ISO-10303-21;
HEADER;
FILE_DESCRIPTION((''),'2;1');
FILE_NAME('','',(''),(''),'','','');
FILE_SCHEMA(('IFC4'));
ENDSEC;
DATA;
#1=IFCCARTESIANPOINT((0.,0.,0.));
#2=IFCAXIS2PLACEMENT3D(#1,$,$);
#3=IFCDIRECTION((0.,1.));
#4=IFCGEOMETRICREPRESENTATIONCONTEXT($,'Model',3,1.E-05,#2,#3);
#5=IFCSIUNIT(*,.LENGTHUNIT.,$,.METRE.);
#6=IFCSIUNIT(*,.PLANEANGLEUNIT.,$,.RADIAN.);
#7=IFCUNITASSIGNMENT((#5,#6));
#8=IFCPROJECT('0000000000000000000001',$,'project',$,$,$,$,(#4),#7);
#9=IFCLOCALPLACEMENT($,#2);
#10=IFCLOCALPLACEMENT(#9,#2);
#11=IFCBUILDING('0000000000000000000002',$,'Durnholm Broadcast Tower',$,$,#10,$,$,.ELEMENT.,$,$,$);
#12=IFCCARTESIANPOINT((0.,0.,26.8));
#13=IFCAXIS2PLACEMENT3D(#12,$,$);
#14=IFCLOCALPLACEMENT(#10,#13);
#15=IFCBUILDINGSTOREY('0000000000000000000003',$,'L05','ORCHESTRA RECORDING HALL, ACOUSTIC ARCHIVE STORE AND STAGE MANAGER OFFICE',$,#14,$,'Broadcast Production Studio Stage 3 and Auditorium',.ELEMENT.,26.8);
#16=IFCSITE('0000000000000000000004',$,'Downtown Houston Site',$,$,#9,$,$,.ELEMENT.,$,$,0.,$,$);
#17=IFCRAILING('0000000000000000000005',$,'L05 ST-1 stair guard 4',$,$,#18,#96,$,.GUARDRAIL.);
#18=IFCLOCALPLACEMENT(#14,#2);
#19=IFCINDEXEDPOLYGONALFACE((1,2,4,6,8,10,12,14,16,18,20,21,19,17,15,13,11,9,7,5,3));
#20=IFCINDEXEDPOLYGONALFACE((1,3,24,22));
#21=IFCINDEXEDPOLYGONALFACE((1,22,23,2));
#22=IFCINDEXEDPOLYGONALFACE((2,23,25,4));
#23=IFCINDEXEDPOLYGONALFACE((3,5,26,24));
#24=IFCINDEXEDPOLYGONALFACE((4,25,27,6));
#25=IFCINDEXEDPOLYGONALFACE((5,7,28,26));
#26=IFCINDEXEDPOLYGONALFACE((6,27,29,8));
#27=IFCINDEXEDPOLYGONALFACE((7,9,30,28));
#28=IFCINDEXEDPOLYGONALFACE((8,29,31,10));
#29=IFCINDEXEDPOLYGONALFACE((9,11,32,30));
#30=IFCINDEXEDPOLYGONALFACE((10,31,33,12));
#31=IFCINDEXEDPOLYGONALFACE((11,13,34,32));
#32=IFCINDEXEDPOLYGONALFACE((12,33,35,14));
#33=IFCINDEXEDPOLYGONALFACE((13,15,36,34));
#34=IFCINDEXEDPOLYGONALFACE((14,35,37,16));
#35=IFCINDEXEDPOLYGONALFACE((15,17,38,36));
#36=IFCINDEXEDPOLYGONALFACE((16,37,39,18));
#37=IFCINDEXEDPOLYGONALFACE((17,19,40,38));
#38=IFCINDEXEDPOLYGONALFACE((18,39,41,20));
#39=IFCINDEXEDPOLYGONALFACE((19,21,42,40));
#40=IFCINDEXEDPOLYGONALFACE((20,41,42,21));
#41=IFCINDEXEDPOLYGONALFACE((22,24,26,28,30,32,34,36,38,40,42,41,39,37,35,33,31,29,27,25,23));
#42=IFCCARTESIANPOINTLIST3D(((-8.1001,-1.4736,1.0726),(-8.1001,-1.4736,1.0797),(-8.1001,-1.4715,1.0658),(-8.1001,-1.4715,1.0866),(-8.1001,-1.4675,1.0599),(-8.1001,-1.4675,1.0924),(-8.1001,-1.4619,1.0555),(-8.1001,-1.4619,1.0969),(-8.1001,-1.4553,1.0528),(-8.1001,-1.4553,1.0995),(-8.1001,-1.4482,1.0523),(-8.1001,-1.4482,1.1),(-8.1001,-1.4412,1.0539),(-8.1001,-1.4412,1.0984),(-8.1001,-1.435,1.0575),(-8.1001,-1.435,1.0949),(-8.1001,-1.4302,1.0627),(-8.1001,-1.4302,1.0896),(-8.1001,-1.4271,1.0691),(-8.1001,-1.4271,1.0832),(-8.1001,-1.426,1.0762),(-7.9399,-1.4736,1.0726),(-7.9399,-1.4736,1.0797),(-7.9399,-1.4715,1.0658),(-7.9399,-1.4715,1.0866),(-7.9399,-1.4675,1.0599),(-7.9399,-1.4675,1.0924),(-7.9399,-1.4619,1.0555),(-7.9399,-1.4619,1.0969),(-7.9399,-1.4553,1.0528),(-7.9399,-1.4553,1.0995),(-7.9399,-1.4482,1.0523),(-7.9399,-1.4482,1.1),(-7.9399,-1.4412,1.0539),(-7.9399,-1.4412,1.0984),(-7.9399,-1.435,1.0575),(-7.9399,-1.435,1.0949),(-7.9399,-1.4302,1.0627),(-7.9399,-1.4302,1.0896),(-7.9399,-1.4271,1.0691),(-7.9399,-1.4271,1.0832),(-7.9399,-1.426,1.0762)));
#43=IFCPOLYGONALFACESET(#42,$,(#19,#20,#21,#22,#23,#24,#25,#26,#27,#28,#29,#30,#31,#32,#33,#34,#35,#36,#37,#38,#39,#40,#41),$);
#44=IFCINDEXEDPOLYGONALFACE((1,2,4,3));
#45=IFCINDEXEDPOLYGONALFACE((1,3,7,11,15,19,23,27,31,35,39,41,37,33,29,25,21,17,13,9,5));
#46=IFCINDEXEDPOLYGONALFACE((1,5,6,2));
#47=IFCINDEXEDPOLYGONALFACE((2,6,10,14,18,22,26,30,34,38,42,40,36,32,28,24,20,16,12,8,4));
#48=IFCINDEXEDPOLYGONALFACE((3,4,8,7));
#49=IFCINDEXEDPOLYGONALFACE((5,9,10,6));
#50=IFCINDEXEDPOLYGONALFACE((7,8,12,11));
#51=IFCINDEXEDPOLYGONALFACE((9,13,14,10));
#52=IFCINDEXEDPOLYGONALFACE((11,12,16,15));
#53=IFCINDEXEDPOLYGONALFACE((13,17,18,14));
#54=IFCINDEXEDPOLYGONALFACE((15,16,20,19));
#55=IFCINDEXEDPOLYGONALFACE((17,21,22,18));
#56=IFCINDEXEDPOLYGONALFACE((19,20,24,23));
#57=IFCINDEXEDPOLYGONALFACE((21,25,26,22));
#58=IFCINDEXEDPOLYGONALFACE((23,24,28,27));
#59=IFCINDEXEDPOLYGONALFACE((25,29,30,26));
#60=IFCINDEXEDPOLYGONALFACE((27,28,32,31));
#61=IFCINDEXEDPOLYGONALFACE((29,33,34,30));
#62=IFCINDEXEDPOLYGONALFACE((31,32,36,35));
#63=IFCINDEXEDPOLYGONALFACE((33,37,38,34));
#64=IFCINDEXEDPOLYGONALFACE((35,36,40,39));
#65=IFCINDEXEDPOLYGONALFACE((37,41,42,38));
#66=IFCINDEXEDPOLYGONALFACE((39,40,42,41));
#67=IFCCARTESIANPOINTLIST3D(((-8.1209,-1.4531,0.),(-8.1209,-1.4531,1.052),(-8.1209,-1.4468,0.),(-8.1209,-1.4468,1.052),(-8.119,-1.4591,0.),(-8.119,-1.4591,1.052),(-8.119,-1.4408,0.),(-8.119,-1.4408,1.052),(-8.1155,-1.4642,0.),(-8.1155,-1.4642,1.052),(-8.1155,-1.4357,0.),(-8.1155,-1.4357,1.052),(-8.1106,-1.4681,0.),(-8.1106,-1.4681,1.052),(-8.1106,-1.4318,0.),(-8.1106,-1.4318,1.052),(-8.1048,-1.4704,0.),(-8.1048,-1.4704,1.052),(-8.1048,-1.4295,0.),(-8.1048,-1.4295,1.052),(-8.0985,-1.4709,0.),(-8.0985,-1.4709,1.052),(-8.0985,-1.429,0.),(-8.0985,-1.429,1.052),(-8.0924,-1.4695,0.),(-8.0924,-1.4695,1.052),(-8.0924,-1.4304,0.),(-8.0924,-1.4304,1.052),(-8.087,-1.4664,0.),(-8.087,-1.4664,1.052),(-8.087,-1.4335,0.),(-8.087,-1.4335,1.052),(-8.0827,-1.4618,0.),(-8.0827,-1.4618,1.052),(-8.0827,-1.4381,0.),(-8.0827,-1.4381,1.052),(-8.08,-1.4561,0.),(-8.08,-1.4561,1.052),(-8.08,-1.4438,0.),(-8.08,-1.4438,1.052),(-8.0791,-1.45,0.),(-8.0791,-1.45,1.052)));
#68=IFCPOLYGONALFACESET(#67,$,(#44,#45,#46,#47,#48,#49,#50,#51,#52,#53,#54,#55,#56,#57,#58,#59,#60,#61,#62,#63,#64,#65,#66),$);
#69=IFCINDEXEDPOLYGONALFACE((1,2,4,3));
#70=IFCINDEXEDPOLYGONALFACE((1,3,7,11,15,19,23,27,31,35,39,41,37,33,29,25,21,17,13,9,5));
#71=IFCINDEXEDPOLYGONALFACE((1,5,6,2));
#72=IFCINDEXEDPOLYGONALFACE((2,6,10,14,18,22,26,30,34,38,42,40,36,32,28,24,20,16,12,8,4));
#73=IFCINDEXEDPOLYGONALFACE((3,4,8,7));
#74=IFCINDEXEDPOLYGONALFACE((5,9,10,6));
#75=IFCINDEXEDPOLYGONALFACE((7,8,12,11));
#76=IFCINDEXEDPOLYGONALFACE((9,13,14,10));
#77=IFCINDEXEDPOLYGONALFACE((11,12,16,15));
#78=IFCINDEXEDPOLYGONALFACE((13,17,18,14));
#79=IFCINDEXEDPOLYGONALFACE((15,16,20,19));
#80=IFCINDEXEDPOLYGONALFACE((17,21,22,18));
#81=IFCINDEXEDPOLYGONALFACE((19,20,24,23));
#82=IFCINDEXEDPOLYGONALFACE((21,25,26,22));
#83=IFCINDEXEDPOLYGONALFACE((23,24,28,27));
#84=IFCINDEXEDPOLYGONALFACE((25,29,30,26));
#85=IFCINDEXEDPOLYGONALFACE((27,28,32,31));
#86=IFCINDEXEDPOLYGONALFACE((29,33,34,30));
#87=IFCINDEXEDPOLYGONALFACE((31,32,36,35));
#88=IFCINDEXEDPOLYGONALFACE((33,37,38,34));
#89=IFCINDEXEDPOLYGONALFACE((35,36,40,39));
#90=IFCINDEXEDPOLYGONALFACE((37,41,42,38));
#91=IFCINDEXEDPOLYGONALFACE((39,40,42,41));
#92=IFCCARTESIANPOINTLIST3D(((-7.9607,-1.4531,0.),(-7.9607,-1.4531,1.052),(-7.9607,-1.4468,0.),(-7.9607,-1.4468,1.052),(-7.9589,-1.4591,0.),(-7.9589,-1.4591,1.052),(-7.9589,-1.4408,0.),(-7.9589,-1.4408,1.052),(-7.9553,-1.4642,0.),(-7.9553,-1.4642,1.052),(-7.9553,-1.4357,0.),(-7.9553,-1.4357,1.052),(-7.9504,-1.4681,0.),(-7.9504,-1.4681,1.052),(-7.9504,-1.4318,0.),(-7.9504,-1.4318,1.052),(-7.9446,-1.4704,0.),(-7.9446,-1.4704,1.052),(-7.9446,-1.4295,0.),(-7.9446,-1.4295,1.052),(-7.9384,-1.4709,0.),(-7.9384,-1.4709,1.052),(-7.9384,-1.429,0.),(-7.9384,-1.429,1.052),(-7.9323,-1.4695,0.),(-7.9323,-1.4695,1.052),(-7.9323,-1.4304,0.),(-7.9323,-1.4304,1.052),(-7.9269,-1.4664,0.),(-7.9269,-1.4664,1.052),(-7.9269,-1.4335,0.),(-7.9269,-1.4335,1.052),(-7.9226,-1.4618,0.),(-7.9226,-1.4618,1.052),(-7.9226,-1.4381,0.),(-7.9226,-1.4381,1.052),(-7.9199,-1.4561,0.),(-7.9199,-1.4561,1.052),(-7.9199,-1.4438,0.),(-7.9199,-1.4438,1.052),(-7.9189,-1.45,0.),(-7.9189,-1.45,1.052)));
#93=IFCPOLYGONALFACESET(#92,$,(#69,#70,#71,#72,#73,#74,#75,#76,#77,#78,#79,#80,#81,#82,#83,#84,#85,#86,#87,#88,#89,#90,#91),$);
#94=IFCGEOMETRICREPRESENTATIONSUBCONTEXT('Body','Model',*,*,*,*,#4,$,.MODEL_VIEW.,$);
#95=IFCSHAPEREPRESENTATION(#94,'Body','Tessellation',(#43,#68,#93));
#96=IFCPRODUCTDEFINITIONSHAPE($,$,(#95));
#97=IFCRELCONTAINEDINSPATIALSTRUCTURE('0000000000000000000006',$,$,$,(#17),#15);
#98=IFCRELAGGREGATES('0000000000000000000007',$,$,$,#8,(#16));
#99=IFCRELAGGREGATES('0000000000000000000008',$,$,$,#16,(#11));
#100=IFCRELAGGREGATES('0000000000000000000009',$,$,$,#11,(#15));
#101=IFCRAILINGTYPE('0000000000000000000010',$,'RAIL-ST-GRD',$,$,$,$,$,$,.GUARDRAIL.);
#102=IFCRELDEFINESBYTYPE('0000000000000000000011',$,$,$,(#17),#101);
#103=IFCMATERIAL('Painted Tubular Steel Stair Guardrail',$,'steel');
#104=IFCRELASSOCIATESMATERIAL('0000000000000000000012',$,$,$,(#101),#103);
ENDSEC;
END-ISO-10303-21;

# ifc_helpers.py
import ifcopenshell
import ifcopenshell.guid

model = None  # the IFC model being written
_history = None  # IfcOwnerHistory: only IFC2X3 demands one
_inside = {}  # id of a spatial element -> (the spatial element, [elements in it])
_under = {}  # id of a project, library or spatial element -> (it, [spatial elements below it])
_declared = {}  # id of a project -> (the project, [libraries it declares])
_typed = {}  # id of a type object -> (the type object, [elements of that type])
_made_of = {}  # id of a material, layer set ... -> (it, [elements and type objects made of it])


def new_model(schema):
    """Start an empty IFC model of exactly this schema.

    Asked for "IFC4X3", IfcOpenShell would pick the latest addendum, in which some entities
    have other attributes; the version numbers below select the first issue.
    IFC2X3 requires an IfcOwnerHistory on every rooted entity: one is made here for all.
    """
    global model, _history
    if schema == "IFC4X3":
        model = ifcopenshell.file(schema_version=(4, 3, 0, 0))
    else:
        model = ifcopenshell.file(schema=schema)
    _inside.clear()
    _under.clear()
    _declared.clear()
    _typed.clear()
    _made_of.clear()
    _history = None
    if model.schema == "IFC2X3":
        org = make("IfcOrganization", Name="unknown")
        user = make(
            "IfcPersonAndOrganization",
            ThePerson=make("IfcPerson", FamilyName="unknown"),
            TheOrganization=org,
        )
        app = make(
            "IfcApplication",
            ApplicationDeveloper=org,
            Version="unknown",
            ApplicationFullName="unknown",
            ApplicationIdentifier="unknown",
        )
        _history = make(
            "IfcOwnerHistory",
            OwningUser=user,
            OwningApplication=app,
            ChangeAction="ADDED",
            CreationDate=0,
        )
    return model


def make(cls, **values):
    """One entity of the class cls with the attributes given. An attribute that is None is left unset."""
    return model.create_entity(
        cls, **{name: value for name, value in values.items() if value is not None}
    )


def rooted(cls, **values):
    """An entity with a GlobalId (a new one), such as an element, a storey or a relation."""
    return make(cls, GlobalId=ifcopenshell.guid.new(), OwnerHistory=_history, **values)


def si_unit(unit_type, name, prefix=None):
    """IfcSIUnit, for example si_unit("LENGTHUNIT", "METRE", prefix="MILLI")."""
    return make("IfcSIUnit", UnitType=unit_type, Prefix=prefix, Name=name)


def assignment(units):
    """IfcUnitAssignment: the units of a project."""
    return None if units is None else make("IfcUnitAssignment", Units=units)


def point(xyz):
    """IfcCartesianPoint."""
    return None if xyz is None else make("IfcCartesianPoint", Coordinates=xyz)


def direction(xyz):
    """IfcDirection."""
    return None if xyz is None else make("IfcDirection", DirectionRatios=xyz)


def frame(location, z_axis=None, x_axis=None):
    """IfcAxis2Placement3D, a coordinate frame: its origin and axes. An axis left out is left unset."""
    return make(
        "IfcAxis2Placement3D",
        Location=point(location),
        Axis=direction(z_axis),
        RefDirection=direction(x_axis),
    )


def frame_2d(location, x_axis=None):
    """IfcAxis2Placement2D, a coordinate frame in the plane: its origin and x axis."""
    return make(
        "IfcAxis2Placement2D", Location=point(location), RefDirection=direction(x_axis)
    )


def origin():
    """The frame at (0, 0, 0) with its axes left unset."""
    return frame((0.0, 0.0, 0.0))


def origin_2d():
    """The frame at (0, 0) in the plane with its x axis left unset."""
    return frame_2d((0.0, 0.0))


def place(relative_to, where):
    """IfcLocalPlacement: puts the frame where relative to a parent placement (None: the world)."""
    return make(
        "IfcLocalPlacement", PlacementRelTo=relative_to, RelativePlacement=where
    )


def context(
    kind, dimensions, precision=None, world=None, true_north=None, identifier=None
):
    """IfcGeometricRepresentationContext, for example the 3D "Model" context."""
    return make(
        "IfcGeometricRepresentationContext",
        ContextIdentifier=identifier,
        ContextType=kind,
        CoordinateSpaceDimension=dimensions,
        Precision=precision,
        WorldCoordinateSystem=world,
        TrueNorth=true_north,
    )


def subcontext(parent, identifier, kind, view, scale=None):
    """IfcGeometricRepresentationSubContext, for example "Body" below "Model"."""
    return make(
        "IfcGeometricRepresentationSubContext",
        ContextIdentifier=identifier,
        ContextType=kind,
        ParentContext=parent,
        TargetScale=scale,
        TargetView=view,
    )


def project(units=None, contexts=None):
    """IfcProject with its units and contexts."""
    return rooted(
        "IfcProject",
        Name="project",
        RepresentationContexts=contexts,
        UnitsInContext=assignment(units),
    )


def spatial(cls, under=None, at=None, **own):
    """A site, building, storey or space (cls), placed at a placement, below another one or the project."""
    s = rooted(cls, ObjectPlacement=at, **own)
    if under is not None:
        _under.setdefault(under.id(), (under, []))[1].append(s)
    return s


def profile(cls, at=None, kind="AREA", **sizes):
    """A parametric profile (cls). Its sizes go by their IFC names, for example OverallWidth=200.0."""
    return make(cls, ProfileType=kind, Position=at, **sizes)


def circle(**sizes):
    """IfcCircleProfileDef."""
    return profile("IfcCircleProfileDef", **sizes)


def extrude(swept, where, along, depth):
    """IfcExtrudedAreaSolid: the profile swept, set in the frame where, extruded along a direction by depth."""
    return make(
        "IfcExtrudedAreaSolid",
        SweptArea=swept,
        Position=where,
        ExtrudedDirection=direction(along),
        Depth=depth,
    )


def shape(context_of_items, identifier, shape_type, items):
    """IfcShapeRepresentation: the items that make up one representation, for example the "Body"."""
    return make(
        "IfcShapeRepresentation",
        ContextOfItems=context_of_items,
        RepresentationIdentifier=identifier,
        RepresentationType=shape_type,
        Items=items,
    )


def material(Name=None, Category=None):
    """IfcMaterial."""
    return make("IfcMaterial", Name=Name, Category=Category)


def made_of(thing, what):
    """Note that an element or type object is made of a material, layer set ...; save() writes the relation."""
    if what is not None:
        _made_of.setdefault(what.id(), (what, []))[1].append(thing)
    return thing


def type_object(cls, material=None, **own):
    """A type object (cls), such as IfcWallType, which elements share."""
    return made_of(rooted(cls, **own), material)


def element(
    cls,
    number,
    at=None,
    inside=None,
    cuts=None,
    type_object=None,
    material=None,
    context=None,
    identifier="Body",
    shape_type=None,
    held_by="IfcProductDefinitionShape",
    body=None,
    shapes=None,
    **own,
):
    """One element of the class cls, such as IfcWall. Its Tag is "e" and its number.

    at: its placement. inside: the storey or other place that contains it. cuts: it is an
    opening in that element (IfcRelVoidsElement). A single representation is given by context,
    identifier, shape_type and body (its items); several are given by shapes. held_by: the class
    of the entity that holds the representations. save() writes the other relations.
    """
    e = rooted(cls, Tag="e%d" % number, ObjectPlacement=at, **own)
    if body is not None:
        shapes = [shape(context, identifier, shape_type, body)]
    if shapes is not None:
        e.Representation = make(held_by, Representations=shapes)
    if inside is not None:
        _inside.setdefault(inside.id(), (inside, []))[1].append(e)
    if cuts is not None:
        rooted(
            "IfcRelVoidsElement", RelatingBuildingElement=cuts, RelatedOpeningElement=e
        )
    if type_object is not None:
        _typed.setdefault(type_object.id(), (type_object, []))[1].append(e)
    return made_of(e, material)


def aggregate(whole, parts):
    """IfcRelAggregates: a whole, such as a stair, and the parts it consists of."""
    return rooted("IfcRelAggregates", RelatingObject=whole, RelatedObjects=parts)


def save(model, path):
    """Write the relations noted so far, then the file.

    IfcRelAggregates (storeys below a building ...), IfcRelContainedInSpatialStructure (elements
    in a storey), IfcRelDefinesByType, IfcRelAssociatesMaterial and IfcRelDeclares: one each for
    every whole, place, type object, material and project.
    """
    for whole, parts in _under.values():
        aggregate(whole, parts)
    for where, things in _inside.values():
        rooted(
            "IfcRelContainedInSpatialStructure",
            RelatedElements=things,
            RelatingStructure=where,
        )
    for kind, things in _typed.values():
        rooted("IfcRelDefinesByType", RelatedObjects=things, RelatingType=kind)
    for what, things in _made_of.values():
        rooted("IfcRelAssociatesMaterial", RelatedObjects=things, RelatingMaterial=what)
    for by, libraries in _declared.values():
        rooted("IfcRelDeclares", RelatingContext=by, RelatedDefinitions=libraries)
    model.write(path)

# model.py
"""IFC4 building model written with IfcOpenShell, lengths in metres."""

from ifc_helpers import new_model, si_unit, direction, frame, origin, origin_2d, place, context, subcontext, project, spatial, circle, extrude, material, type_object, element, save


model = new_model("IFC4")

# Units and contexts
model_context = context("Model", 3, precision=1e-05, world=origin(), true_north=direction((0.0, 1.0)))
body_context = subcontext(model_context, "Body", "Model", "MODEL_VIEW")
ifc_project = project(units=[si_unit("LENGTHUNIT", "METRE"), si_unit("PLANEANGLEUNIT", "RADIAN")], contexts=[model_context])

# Site, building, storey
site_placement = place(None, origin())
site = spatial("IfcSite", under=ifc_project, at=site_placement, Name="Downtown Houston Site", CompositionType="ELEMENT", RefElevation=0.0)
building_placement = place(site_placement, origin())
building = spatial("IfcBuilding", under=site, at=building_placement, Name="Durnholm Broadcast Tower", CompositionType="ELEMENT")
storey_placement = place(building_placement, frame((0.0, 0.0, 26.8)))
storey = spatial("IfcBuildingStorey", under=building, at=storey_placement, Name="L05", Description="ORCHESTRA RECORDING HALL, ACOUSTIC ARCHIVE STORE AND STAGE MANAGER OFFICE", LongName="Broadcast Production Studio Stage 3 and Auditorium", CompositionType="ELEMENT", Elevation=26.8)

# Railing
ifc_material_1 = material(Name="Painted Tubular Steel Stair Guardrail", Category="steel")
railing_type_1 = type_object("IfcRailingType", Name="RAIL-ST-GRD", PredefinedType="GUARDRAIL", material=ifc_material_1)
railing_1_placement = place(storey_placement, frame((-8.1001, -1.45, 0.0)))
element("IfcRailing", 1, at=railing_1_placement, inside=storey, type_object=railing_type_1, Name="L05 ST-1 stair guard 4", PredefinedType="GUARDRAIL", context=body_context, shape_type="SweptSolid", body=[
    extrude(circle(Radius=0.0239, at=origin_2d()), frame((0.0, 0.0, 1.0762), z_axis=(1.0, 0.0, 0.0), x_axis=(0.0, 1.0, 0.0)), (0.0, 0.0, 1.0), 0.1602),
    extrude(circle(Radius=0.021, at=origin_2d()), origin(), (0.0, 0.0, 1.0), 1.052),
    extrude(circle(Radius=0.021, at=origin_2d()), frame((0.1602, 0.0, 0.0)), (0.0, 0.0, 1.0), 1.052),
])

save(model, "model.ifc")
